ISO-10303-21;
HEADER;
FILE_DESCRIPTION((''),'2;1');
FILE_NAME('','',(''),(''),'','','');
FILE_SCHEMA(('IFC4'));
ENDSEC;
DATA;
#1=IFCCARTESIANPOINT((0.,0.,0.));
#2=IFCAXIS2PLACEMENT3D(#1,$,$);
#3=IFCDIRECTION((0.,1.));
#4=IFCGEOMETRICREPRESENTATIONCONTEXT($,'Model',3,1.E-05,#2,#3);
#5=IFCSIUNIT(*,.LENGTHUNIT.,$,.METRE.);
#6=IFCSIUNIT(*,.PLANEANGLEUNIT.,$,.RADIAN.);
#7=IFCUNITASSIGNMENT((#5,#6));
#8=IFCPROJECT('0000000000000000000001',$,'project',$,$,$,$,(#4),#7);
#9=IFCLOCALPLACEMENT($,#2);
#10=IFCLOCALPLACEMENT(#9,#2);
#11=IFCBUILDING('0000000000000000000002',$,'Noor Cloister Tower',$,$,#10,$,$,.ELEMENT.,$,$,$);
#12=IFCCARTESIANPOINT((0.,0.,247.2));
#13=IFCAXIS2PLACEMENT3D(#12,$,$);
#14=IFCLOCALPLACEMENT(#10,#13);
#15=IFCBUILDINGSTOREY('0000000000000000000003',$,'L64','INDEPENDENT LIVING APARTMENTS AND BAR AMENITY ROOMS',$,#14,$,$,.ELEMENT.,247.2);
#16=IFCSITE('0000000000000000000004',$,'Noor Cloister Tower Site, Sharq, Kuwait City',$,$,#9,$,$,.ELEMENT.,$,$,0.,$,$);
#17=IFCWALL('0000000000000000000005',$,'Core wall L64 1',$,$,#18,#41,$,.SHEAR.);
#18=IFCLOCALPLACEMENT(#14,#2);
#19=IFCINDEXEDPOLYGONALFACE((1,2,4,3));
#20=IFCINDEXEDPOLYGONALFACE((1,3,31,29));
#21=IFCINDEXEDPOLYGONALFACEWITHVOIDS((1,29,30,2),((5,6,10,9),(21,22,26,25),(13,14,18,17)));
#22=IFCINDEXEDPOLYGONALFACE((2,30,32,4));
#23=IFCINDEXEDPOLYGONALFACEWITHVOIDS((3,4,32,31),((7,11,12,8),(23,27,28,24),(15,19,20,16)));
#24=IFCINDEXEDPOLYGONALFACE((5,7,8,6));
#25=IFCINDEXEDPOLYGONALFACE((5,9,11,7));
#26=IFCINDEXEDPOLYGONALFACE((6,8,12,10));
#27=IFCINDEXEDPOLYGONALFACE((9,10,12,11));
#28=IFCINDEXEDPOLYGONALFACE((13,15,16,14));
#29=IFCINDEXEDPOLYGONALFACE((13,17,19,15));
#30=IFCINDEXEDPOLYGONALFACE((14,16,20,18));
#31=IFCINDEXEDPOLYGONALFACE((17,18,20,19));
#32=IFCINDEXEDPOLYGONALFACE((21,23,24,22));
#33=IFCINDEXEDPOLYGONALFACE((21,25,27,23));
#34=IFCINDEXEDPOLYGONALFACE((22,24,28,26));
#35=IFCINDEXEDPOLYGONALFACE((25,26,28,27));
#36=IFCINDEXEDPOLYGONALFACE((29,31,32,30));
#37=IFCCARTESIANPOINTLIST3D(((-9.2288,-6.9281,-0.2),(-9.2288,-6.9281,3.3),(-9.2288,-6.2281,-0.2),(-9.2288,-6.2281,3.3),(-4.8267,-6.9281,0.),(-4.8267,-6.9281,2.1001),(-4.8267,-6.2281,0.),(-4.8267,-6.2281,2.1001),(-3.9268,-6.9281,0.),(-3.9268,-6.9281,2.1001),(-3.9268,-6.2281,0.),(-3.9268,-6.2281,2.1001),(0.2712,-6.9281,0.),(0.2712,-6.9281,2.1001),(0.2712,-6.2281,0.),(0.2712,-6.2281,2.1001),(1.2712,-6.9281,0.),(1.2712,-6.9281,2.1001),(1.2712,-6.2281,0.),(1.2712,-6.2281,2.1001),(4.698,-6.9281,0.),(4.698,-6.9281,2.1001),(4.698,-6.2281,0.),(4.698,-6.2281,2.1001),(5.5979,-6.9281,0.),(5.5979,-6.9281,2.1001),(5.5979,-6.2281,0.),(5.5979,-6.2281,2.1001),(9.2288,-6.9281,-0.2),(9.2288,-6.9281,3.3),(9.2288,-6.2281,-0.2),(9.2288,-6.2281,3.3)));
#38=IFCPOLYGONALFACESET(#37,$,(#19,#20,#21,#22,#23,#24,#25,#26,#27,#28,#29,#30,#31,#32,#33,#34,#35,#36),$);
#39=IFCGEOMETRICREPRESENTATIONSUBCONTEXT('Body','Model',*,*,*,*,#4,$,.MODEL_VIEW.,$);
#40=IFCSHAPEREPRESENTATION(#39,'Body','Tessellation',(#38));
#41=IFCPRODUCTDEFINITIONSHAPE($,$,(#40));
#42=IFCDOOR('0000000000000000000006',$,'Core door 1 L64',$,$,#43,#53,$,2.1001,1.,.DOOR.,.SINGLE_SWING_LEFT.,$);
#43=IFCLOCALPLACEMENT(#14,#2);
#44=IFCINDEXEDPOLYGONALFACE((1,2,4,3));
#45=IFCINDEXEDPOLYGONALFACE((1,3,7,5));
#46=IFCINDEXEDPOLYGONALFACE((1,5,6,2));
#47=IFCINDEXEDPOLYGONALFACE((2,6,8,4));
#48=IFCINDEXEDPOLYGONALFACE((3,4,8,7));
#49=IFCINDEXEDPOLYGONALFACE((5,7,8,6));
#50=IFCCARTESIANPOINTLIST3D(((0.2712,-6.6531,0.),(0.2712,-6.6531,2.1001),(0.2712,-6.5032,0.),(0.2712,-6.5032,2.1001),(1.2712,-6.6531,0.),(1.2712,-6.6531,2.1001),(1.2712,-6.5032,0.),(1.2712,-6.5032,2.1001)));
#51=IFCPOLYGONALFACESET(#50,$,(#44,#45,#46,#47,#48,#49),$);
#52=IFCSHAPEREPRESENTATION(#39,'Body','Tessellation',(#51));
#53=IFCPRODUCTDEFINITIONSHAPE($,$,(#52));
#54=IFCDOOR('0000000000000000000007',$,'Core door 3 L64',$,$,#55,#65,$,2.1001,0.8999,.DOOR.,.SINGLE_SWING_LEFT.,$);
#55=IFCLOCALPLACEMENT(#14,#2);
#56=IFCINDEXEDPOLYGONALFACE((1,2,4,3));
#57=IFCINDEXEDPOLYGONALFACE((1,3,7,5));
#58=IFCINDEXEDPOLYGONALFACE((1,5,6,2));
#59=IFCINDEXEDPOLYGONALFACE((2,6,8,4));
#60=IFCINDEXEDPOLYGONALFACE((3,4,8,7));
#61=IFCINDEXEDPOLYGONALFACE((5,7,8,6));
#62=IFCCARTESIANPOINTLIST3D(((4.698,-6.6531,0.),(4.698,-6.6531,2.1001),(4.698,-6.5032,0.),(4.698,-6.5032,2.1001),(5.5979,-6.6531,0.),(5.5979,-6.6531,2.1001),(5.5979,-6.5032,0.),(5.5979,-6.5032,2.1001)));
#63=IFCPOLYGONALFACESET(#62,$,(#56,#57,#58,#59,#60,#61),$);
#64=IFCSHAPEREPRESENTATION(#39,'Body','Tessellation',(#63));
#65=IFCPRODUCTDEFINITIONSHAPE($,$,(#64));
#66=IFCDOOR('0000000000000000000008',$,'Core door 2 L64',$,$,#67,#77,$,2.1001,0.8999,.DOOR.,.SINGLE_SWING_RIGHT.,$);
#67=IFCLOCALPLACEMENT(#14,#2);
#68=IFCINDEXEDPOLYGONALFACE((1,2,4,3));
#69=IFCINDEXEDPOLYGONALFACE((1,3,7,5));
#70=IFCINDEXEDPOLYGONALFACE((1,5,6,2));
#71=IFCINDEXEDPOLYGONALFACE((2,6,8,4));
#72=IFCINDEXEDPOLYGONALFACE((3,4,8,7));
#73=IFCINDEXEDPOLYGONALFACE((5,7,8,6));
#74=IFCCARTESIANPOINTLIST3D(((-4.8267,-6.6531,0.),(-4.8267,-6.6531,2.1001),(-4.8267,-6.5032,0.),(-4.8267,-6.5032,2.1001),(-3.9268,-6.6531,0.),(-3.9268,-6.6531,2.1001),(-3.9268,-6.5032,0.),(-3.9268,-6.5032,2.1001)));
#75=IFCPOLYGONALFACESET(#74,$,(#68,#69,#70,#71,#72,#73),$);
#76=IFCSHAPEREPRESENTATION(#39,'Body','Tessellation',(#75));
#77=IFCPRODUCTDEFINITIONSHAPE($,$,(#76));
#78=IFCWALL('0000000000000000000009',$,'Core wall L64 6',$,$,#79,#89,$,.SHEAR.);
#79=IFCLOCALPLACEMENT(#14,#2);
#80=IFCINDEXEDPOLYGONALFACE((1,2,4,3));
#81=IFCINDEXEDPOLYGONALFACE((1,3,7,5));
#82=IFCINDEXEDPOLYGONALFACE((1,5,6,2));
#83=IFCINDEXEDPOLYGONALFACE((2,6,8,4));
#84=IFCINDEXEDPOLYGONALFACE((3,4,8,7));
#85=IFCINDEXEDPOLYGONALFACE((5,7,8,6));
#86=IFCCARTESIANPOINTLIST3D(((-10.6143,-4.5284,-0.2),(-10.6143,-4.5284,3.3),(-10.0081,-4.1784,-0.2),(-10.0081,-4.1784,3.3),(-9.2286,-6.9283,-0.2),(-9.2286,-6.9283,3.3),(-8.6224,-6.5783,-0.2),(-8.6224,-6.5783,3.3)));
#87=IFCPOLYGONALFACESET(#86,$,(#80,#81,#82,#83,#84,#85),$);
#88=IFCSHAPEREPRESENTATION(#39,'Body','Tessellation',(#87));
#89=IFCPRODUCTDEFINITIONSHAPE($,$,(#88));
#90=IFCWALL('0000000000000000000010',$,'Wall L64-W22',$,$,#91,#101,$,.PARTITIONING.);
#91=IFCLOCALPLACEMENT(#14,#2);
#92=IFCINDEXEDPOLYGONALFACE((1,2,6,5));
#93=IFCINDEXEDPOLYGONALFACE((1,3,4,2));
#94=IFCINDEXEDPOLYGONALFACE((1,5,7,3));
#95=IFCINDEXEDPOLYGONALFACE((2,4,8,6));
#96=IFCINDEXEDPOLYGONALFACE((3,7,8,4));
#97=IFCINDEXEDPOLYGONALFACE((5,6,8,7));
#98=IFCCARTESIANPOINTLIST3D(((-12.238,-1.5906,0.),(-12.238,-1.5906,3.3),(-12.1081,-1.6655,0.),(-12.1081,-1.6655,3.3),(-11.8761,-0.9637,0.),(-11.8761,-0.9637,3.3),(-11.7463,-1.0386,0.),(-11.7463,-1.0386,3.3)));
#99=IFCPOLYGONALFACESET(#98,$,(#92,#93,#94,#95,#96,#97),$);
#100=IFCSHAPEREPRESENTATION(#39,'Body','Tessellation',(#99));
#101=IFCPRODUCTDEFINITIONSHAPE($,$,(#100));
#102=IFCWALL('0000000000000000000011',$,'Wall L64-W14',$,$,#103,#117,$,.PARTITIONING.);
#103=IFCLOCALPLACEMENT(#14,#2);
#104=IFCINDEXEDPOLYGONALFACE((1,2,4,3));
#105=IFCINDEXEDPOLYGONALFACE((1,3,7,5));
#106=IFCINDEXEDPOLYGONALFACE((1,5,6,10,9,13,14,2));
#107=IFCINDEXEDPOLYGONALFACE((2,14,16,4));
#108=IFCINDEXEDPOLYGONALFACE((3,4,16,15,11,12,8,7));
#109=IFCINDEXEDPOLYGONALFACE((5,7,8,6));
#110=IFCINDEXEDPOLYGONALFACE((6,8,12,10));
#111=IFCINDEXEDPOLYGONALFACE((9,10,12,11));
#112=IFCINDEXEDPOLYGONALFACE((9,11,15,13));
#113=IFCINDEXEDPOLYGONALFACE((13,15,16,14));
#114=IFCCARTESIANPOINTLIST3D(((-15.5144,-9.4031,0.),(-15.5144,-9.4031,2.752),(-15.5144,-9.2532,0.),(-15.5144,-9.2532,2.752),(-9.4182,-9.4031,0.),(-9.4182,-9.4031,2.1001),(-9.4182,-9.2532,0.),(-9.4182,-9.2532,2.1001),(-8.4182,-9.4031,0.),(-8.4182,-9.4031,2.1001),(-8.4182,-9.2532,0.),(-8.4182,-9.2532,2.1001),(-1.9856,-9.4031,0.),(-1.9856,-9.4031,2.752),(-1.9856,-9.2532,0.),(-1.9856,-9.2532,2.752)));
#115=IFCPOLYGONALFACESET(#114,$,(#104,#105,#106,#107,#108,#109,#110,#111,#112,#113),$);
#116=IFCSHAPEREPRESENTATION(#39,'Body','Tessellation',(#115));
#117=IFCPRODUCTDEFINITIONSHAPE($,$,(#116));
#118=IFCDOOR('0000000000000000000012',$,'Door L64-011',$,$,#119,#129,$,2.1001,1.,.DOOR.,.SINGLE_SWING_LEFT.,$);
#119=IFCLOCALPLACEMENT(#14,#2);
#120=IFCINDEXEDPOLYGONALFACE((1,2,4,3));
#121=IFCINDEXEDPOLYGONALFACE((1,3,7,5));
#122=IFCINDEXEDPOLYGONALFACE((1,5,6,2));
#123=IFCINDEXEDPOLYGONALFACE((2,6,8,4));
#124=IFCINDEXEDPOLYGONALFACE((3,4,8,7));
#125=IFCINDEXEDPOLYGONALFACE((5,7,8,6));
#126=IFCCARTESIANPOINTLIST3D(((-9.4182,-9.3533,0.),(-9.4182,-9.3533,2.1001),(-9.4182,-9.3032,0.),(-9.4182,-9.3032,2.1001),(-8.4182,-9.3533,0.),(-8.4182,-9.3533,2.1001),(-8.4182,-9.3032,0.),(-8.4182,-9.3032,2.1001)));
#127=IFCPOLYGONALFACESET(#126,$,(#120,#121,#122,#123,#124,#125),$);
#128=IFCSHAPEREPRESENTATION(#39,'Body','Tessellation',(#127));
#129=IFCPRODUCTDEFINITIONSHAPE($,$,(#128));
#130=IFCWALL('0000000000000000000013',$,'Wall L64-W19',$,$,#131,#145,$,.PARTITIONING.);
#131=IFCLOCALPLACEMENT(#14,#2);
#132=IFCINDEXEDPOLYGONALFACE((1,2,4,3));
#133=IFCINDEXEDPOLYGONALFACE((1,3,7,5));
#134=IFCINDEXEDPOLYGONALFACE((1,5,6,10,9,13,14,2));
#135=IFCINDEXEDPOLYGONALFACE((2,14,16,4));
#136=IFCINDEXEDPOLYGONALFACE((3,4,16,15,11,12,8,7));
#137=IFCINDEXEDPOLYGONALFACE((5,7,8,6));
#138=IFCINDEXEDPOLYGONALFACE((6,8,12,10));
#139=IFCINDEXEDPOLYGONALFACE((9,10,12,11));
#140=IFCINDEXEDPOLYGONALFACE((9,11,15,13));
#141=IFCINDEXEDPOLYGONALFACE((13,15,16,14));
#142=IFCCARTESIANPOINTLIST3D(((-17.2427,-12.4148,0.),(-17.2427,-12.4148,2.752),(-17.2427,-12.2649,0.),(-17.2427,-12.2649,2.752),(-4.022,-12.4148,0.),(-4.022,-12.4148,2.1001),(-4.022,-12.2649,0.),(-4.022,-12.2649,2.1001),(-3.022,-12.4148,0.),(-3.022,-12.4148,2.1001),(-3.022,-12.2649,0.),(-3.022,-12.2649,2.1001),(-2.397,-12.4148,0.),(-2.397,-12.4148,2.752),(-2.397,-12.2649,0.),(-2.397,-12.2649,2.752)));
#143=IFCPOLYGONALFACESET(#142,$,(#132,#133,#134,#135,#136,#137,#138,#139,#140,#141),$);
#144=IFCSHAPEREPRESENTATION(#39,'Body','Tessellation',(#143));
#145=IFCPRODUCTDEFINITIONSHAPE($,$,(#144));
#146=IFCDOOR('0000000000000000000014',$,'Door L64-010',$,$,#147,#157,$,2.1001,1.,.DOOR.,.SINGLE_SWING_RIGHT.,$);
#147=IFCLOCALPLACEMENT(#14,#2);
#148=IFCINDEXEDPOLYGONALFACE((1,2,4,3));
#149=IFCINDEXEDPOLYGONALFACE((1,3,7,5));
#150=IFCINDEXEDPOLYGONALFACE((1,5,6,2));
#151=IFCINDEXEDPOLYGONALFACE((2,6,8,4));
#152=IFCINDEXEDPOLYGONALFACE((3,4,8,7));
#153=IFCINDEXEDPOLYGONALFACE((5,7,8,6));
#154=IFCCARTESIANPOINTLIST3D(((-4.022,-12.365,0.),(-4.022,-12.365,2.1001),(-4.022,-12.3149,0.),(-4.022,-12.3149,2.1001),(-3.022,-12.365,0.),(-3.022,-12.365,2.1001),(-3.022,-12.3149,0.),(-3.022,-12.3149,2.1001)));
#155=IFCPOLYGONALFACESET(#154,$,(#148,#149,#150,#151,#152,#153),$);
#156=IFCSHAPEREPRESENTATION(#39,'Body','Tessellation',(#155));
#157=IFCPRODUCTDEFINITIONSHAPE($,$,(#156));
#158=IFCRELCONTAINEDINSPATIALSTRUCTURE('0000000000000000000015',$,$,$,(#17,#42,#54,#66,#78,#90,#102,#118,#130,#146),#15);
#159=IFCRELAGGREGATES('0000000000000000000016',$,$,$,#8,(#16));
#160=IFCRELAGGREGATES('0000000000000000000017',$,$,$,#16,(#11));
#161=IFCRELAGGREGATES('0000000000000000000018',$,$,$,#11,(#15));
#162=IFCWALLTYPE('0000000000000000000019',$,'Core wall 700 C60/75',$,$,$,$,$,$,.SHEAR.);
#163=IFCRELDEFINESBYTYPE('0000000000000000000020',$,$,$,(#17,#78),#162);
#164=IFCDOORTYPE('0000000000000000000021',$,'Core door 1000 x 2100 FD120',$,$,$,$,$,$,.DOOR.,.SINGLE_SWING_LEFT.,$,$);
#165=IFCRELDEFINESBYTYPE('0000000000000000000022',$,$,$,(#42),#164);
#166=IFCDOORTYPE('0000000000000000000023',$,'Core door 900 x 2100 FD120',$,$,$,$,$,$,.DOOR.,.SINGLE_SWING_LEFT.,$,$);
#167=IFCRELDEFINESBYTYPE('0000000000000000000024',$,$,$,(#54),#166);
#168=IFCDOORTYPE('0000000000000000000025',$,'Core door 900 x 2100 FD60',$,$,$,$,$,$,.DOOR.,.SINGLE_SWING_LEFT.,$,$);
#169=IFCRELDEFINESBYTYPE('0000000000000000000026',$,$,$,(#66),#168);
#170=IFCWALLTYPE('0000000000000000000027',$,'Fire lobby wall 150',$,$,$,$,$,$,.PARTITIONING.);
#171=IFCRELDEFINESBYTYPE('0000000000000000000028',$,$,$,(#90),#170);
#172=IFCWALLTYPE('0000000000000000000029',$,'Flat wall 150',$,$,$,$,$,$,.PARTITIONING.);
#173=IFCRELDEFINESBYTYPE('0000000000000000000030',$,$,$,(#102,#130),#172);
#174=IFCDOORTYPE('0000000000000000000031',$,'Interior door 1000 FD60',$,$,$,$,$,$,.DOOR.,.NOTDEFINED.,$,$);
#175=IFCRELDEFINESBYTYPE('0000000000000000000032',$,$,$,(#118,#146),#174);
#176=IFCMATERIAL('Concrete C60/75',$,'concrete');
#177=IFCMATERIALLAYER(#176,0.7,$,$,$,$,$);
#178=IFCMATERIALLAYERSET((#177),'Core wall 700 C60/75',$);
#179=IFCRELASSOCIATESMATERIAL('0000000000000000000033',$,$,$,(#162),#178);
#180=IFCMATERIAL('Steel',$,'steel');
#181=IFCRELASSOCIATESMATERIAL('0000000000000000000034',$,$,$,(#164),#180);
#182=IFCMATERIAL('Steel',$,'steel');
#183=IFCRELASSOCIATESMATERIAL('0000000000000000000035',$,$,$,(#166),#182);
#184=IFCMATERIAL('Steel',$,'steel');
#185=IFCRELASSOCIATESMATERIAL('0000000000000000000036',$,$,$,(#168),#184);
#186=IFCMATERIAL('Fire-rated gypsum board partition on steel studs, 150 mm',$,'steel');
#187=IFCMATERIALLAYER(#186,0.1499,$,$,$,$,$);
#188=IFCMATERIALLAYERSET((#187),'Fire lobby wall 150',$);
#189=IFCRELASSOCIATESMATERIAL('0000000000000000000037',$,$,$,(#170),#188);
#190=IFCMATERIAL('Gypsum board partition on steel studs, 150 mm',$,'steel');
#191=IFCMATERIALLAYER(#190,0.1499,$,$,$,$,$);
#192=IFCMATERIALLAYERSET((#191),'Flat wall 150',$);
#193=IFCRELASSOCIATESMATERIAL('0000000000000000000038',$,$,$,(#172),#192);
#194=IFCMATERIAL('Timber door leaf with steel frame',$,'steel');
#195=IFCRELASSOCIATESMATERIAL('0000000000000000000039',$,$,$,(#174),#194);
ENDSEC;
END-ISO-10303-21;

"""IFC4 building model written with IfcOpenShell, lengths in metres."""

from ifc_helpers import new_model, si_unit, direction, frame, frame_2d, origin, place, context, subcontext, project, spatial, rectangle, extrude, material, layer, layer_set, type_object, element, fill, save


model = new_model("IFC4")

# Units and contexts
model_context = context("Model", 3, precision=1e-05, world=origin(), true_north=direction((0.0, 1.0)))
body_context = subcontext(model_context, "Body", "Model", "MODEL_VIEW")
ifc_project = project(units=[si_unit("LENGTHUNIT", "METRE"), si_unit("PLANEANGLEUNIT", "RADIAN")], contexts=[model_context])

# Site, building, storey
site_placement = place(None, origin())
site = spatial("IfcSite", under=ifc_project, at=site_placement, Name="Noor Cloister Tower Site, Sharq, Kuwait City", CompositionType="ELEMENT", RefElevation=0.0)
building_placement = place(site_placement, origin())
building = spatial("IfcBuilding", under=site, at=building_placement, Name="Noor Cloister Tower", CompositionType="ELEMENT")
storey_placement = place(building_placement, frame((0.0, 0.0, 247.2)))
storey = spatial("IfcBuildingStorey", under=building, at=storey_placement, Name="L64", Description="INDEPENDENT LIVING APARTMENTS AND BAR AMENITY ROOMS", CompositionType="ELEMENT", Elevation=247.2)

# Wall, openings, doors
ifc_material_1 = material(Name="Concrete C60/75", Category="concrete")
ifc_layer_1 = layer(ifc_material_1, 0.7)
ifc_layer_set_1 = layer_set([ifc_layer_1], Name="Core wall 700 C60/75")
wall_type_1 = type_object("IfcWallType", Name="Core wall 700 C60/75", PredefinedType="SHEAR", material=ifc_layer_set_1)
wall_1_placement = place(storey_placement, frame((-9.2288, -6.5781, -0.2), z_axis=(0.0, 0.0, 1.0), x_axis=(1.0, 0.0, 0.0)))
wall_1 = element("IfcWall", 1, at=wall_1_placement, inside=storey, type_object=wall_type_1, Name="Core wall L64 1", PredefinedType="SHEAR", context=body_context, shape_type="SweptSolid", body=[
    extrude(rectangle(XDim=18.4575, YDim=0.7, at=frame_2d((9.2288, 0.0))), origin(), (0.0, 0.0, 1.0), 3.5),
])
opening_1_placement = place(wall_1_placement, frame((9.5, 0.0, 0.2)))
opening_1 = element("IfcOpeningElement", 2, at=opening_1_placement, cuts=wall_1, PredefinedType="OPENING", context=body_context, shape_type="SweptSolid", body=[
    extrude(rectangle(XDim=1.0, YDim=2.1001, at=frame_2d((0.5, 1.05))), frame((0.0, 0.3599, 0.0), z_axis=(0.0, -1.0, 0.0), x_axis=(1.0, 0.0, 0.0)), (0.0, 0.0, 1.0), 0.72),
])
opening_2_placement = place(wall_1_placement, frame((4.4021, 0.0, 0.2)))
opening_2 = element("IfcOpeningElement", 3, at=opening_2_placement, cuts=wall_1, PredefinedType="OPENING", context=body_context, shape_type="SweptSolid", body=[
    extrude(rectangle(XDim=0.8999, YDim=2.1001, at=frame_2d((0.45, 1.05))), frame((0.0, 0.3599, 0.0), z_axis=(0.0, -1.0, 0.0), x_axis=(1.0, 0.0, 0.0)), (0.0, 0.0, 1.0), 0.72),
])
opening_3_placement = place(wall_1_placement, frame((13.9268, 0.0, 0.2)))
opening_3 = element("IfcOpeningElement", 4, at=opening_3_placement, cuts=wall_1, PredefinedType="OPENING", context=body_context, shape_type="SweptSolid", body=[
    extrude(rectangle(XDim=0.8999, YDim=2.1001, at=frame_2d((0.45, 1.05))), frame((0.0, 0.3599, 0.0), z_axis=(0.0, -1.0, 0.0), x_axis=(1.0, 0.0, 0.0)), (0.0, 0.0, 1.0), 0.72),
])
ifc_material_2 = material(Name="Steel", Category="steel")
door_type_1 = type_object("IfcDoorType", Name="Core door 1000 x 2100 FD120", OperationType="SINGLE_SWING_LEFT", PredefinedType="DOOR", material=ifc_material_2)
door_1_placement = place(opening_1_placement, origin())
door_1 = element("IfcDoor", 5, at=door_1_placement, inside=storey, type_object=door_type_1, Name="Core door 1 L64", OperationType="SINGLE_SWING_LEFT", OverallHeight=2.1001, OverallWidth=1.0, PredefinedType="DOOR", context=body_context, shape_type="SweptSolid", body=[
    extrude(rectangle(XDim=1.0, YDim=2.1001, at=frame_2d((0.5, 1.05))), frame((0.0, 0.075, 0.0), z_axis=(0.0, -1.0, 0.0), x_axis=(1.0, 0.0, 0.0)), (0.0, 0.0, 1.0), 0.1499),
])
fill(opening_1, door_1)
ifc_material_3 = material(Name="Steel", Category="steel")
door_type_2 = type_object("IfcDoorType", Name="Core door 900 x 2100 FD120", OperationType="SINGLE_SWING_LEFT", PredefinedType="DOOR", material=ifc_material_3)
door_2_placement = place(opening_3_placement, origin())
door_2 = element("IfcDoor", 6, at=door_2_placement, inside=storey, type_object=door_type_2, Name="Core door 3 L64", OperationType="SINGLE_SWING_LEFT", OverallHeight=2.1001, OverallWidth=0.8999, PredefinedType="DOOR", context=body_context, shape_type="SweptSolid", body=[
    extrude(rectangle(XDim=0.8999, YDim=2.1001, at=frame_2d((0.45, 1.05))), frame((0.0, 0.075, 0.0), z_axis=(0.0, -1.0, 0.0), x_axis=(1.0, 0.0, 0.0)), (0.0, 0.0, 1.0), 0.1499),
])
fill(opening_3, door_2)
ifc_material_4 = material(Name="Steel", Category="steel")
door_type_3 = type_object("IfcDoorType", Name="Core door 900 x 2100 FD60", OperationType="SINGLE_SWING_LEFT", PredefinedType="DOOR", material=ifc_material_4)
door_3_placement = place(opening_2_placement, origin())
door_3 = element("IfcDoor", 7, at=door_3_placement, inside=storey, type_object=door_type_3, Name="Core door 2 L64", OperationType="SINGLE_SWING_RIGHT", OverallHeight=2.1001, OverallWidth=0.8999, PredefinedType="DOOR", context=body_context, shape_type="SweptSolid", body=[
    extrude(rectangle(XDim=0.8999, YDim=2.1001, at=frame_2d((0.45, 1.05))), frame((0.0, 0.075, 0.0), z_axis=(0.0, -1.0, 0.0), x_axis=(1.0, 0.0, 0.0)), (0.0, 0.0, 1.0), 0.1499),
])
fill(opening_2, door_3)

# Walls
wall_2_placement = place(storey_placement, frame((-10.3113, -4.3533, -0.2), z_axis=(0.0, 0.0, 1.0), x_axis=(0.500043, -0.866001, 0.0)))
element("IfcWall", 8, at=wall_2_placement, inside=storey, type_object=wall_type_1, Name="Core wall L64 6", PredefinedType="SHEAR", context=body_context, shape_type="SweptSolid", body=[
    extrude(rectangle(XDim=2.7712, YDim=0.7, at=frame_2d((1.3857, 0.0))), origin(), (0.0, 0.0, 1.0), 3.5),
])
ifc_material_5 = material(Name="Fire-rated gypsum board partition on steel studs, 150 mm", Category="steel")
ifc_layer_2 = layer(ifc_material_5, 0.1499)
ifc_layer_set_2 = layer_set([ifc_layer_2], Name="Fire lobby wall 150")
wall_type_2 = type_object("IfcWallType", Name="Fire lobby wall 150", PredefinedType="PARTITIONING", material=ifc_layer_set_2)
wall_3_placement = place(storey_placement, frame((-11.8113, -1.0012, 0.0), z_axis=(0.0, 0.0, 1.0), x_axis=(-0.499839, -0.866118, 0.0)))
element("IfcWall", 9, at=wall_3_placement, inside=storey, type_object=wall_type_2, Name="Wall L64-W22", PredefinedType="PARTITIONING", context=body_context, shape_type="SweptSolid", body=[
    extrude(rectangle(XDim=0.7239, YDim=0.1499, at=frame_2d((0.3618, 0.0))), origin(), (0.0, 0.0, 1.0), 3.3),
])

# Walls, openings, doors
ifc_material_6 = material(Name="Gypsum board partition on steel studs, 150 mm", Category="steel")
ifc_layer_3 = layer(ifc_material_6, 0.1499)
ifc_layer_set_3 = layer_set([ifc_layer_3], Name="Flat wall 150")
wall_type_3 = type_object("IfcWallType", Name="Flat wall 150", PredefinedType="PARTITIONING", material=ifc_layer_set_3)
wall_4_placement = place(storey_placement, frame((-15.5144, -9.3281, 0.0), z_axis=(0.0, 0.0, 1.0), x_axis=(1.0, 0.0, 0.0)))
wall_4 = element("IfcWall", 10, at=wall_4_placement, inside=storey, type_object=wall_type_3, Name="Wall L64-W14", PredefinedType="PARTITIONING", context=body_context, shape_type="SweptSolid", body=[
    extrude(rectangle(XDim=13.5288, YDim=0.1499, at=frame_2d((6.7644, 0.0))), origin(), (0.0, 0.0, 1.0), 2.752),
])
opening_4_placement = place(wall_4_placement, frame((6.0962, 0.0, 0.0)))
opening_4 = element("IfcOpeningElement", 11, at=opening_4_placement, cuts=wall_4, PredefinedType="OPENING", context=body_context, shape_type="SweptSolid", body=[
    extrude(rectangle(XDim=1.0, YDim=2.1001, at=frame_2d((0.5, 1.05))), frame((0.0, 0.085, 0.0), z_axis=(0.0, -1.0, 0.0), x_axis=(1.0, 0.0, 0.0)), (0.0, 0.0, 1.0), 0.1699),
])
ifc_material_7 = material(Name="Timber door leaf with steel frame", Category="steel")
door_type_4 = type_object("IfcDoorType", Name="Interior door 1000 FD60", OperationType="NOTDEFINED", PredefinedType="DOOR", material=ifc_material_7)
door_4_placement = place(opening_4_placement, origin())
door_4 = element("IfcDoor", 12, at=door_4_placement, inside=storey, type_object=door_type_4, Name="Door L64-011", OperationType="SINGLE_SWING_LEFT", OverallHeight=2.1001, OverallWidth=1.0, PredefinedType="DOOR", context=body_context, shape_type="SweptSolid", body=[
    extrude(rectangle(XDim=1.0, YDim=2.1001, at=frame_2d((0.5, 1.05))), frame((0.0, 0.0249, 0.0), z_axis=(0.0, -1.0, 0.0), x_axis=(1.0, 0.0, 0.0)), (0.0, 0.0, 1.0), 0.05),
])
fill(opening_4, door_4)
wall_5_placement = place(storey_placement, frame((-17.2427, -12.3398, 0.0), z_axis=(0.0, 0.0, 1.0), x_axis=(1.0, 0.0, 0.0)))
wall_5 = element("IfcWall", 13, at=wall_5_placement, inside=storey, type_object=wall_type_3, Name="Wall L64-W19", PredefinedType="PARTITIONING", context=body_context, shape_type="SweptSolid", body=[
    extrude(rectangle(XDim=14.8457, YDim=0.1499, at=frame_2d((7.4229, 0.0))), origin(), (0.0, 0.0, 1.0), 2.752),
])
opening_5_placement = place(wall_5_placement, frame((13.2207, 0.0, 0.0)))
opening_5 = element("IfcOpeningElement", 14, at=opening_5_placement, cuts=wall_5, PredefinedType="OPENING", context=body_context, shape_type="SweptSolid", body=[
    extrude(rectangle(XDim=1.0, YDim=2.1001, at=frame_2d((0.5, 1.05))), frame((0.0, 0.085, 0.0), z_axis=(0.0, -1.0, 0.0), x_axis=(1.0, 0.0, 0.0)), (0.0, 0.0, 1.0), 0.1699),
])
door_5_placement = place(opening_5_placement, origin())
door_5 = element("IfcDoor", 15, at=door_5_placement, inside=storey, type_object=door_type_4, Name="Door L64-010", OperationType="SINGLE_SWING_RIGHT", OverallHeight=2.1001, OverallWidth=1.0, PredefinedType="DOOR", context=body_context, shape_type="SweptSolid", body=[
    extrude(rectangle(XDim=1.0, YDim=2.1001, at=frame_2d((0.5, 1.05))), frame((0.0, 0.0249, 0.0), z_axis=(0.0, -1.0, 0.0), x_axis=(1.0, 0.0, 0.0)), (0.0, 0.0, 1.0), 0.05),
])
fill(opening_5, door_5)

save(model, "model.ifc")
